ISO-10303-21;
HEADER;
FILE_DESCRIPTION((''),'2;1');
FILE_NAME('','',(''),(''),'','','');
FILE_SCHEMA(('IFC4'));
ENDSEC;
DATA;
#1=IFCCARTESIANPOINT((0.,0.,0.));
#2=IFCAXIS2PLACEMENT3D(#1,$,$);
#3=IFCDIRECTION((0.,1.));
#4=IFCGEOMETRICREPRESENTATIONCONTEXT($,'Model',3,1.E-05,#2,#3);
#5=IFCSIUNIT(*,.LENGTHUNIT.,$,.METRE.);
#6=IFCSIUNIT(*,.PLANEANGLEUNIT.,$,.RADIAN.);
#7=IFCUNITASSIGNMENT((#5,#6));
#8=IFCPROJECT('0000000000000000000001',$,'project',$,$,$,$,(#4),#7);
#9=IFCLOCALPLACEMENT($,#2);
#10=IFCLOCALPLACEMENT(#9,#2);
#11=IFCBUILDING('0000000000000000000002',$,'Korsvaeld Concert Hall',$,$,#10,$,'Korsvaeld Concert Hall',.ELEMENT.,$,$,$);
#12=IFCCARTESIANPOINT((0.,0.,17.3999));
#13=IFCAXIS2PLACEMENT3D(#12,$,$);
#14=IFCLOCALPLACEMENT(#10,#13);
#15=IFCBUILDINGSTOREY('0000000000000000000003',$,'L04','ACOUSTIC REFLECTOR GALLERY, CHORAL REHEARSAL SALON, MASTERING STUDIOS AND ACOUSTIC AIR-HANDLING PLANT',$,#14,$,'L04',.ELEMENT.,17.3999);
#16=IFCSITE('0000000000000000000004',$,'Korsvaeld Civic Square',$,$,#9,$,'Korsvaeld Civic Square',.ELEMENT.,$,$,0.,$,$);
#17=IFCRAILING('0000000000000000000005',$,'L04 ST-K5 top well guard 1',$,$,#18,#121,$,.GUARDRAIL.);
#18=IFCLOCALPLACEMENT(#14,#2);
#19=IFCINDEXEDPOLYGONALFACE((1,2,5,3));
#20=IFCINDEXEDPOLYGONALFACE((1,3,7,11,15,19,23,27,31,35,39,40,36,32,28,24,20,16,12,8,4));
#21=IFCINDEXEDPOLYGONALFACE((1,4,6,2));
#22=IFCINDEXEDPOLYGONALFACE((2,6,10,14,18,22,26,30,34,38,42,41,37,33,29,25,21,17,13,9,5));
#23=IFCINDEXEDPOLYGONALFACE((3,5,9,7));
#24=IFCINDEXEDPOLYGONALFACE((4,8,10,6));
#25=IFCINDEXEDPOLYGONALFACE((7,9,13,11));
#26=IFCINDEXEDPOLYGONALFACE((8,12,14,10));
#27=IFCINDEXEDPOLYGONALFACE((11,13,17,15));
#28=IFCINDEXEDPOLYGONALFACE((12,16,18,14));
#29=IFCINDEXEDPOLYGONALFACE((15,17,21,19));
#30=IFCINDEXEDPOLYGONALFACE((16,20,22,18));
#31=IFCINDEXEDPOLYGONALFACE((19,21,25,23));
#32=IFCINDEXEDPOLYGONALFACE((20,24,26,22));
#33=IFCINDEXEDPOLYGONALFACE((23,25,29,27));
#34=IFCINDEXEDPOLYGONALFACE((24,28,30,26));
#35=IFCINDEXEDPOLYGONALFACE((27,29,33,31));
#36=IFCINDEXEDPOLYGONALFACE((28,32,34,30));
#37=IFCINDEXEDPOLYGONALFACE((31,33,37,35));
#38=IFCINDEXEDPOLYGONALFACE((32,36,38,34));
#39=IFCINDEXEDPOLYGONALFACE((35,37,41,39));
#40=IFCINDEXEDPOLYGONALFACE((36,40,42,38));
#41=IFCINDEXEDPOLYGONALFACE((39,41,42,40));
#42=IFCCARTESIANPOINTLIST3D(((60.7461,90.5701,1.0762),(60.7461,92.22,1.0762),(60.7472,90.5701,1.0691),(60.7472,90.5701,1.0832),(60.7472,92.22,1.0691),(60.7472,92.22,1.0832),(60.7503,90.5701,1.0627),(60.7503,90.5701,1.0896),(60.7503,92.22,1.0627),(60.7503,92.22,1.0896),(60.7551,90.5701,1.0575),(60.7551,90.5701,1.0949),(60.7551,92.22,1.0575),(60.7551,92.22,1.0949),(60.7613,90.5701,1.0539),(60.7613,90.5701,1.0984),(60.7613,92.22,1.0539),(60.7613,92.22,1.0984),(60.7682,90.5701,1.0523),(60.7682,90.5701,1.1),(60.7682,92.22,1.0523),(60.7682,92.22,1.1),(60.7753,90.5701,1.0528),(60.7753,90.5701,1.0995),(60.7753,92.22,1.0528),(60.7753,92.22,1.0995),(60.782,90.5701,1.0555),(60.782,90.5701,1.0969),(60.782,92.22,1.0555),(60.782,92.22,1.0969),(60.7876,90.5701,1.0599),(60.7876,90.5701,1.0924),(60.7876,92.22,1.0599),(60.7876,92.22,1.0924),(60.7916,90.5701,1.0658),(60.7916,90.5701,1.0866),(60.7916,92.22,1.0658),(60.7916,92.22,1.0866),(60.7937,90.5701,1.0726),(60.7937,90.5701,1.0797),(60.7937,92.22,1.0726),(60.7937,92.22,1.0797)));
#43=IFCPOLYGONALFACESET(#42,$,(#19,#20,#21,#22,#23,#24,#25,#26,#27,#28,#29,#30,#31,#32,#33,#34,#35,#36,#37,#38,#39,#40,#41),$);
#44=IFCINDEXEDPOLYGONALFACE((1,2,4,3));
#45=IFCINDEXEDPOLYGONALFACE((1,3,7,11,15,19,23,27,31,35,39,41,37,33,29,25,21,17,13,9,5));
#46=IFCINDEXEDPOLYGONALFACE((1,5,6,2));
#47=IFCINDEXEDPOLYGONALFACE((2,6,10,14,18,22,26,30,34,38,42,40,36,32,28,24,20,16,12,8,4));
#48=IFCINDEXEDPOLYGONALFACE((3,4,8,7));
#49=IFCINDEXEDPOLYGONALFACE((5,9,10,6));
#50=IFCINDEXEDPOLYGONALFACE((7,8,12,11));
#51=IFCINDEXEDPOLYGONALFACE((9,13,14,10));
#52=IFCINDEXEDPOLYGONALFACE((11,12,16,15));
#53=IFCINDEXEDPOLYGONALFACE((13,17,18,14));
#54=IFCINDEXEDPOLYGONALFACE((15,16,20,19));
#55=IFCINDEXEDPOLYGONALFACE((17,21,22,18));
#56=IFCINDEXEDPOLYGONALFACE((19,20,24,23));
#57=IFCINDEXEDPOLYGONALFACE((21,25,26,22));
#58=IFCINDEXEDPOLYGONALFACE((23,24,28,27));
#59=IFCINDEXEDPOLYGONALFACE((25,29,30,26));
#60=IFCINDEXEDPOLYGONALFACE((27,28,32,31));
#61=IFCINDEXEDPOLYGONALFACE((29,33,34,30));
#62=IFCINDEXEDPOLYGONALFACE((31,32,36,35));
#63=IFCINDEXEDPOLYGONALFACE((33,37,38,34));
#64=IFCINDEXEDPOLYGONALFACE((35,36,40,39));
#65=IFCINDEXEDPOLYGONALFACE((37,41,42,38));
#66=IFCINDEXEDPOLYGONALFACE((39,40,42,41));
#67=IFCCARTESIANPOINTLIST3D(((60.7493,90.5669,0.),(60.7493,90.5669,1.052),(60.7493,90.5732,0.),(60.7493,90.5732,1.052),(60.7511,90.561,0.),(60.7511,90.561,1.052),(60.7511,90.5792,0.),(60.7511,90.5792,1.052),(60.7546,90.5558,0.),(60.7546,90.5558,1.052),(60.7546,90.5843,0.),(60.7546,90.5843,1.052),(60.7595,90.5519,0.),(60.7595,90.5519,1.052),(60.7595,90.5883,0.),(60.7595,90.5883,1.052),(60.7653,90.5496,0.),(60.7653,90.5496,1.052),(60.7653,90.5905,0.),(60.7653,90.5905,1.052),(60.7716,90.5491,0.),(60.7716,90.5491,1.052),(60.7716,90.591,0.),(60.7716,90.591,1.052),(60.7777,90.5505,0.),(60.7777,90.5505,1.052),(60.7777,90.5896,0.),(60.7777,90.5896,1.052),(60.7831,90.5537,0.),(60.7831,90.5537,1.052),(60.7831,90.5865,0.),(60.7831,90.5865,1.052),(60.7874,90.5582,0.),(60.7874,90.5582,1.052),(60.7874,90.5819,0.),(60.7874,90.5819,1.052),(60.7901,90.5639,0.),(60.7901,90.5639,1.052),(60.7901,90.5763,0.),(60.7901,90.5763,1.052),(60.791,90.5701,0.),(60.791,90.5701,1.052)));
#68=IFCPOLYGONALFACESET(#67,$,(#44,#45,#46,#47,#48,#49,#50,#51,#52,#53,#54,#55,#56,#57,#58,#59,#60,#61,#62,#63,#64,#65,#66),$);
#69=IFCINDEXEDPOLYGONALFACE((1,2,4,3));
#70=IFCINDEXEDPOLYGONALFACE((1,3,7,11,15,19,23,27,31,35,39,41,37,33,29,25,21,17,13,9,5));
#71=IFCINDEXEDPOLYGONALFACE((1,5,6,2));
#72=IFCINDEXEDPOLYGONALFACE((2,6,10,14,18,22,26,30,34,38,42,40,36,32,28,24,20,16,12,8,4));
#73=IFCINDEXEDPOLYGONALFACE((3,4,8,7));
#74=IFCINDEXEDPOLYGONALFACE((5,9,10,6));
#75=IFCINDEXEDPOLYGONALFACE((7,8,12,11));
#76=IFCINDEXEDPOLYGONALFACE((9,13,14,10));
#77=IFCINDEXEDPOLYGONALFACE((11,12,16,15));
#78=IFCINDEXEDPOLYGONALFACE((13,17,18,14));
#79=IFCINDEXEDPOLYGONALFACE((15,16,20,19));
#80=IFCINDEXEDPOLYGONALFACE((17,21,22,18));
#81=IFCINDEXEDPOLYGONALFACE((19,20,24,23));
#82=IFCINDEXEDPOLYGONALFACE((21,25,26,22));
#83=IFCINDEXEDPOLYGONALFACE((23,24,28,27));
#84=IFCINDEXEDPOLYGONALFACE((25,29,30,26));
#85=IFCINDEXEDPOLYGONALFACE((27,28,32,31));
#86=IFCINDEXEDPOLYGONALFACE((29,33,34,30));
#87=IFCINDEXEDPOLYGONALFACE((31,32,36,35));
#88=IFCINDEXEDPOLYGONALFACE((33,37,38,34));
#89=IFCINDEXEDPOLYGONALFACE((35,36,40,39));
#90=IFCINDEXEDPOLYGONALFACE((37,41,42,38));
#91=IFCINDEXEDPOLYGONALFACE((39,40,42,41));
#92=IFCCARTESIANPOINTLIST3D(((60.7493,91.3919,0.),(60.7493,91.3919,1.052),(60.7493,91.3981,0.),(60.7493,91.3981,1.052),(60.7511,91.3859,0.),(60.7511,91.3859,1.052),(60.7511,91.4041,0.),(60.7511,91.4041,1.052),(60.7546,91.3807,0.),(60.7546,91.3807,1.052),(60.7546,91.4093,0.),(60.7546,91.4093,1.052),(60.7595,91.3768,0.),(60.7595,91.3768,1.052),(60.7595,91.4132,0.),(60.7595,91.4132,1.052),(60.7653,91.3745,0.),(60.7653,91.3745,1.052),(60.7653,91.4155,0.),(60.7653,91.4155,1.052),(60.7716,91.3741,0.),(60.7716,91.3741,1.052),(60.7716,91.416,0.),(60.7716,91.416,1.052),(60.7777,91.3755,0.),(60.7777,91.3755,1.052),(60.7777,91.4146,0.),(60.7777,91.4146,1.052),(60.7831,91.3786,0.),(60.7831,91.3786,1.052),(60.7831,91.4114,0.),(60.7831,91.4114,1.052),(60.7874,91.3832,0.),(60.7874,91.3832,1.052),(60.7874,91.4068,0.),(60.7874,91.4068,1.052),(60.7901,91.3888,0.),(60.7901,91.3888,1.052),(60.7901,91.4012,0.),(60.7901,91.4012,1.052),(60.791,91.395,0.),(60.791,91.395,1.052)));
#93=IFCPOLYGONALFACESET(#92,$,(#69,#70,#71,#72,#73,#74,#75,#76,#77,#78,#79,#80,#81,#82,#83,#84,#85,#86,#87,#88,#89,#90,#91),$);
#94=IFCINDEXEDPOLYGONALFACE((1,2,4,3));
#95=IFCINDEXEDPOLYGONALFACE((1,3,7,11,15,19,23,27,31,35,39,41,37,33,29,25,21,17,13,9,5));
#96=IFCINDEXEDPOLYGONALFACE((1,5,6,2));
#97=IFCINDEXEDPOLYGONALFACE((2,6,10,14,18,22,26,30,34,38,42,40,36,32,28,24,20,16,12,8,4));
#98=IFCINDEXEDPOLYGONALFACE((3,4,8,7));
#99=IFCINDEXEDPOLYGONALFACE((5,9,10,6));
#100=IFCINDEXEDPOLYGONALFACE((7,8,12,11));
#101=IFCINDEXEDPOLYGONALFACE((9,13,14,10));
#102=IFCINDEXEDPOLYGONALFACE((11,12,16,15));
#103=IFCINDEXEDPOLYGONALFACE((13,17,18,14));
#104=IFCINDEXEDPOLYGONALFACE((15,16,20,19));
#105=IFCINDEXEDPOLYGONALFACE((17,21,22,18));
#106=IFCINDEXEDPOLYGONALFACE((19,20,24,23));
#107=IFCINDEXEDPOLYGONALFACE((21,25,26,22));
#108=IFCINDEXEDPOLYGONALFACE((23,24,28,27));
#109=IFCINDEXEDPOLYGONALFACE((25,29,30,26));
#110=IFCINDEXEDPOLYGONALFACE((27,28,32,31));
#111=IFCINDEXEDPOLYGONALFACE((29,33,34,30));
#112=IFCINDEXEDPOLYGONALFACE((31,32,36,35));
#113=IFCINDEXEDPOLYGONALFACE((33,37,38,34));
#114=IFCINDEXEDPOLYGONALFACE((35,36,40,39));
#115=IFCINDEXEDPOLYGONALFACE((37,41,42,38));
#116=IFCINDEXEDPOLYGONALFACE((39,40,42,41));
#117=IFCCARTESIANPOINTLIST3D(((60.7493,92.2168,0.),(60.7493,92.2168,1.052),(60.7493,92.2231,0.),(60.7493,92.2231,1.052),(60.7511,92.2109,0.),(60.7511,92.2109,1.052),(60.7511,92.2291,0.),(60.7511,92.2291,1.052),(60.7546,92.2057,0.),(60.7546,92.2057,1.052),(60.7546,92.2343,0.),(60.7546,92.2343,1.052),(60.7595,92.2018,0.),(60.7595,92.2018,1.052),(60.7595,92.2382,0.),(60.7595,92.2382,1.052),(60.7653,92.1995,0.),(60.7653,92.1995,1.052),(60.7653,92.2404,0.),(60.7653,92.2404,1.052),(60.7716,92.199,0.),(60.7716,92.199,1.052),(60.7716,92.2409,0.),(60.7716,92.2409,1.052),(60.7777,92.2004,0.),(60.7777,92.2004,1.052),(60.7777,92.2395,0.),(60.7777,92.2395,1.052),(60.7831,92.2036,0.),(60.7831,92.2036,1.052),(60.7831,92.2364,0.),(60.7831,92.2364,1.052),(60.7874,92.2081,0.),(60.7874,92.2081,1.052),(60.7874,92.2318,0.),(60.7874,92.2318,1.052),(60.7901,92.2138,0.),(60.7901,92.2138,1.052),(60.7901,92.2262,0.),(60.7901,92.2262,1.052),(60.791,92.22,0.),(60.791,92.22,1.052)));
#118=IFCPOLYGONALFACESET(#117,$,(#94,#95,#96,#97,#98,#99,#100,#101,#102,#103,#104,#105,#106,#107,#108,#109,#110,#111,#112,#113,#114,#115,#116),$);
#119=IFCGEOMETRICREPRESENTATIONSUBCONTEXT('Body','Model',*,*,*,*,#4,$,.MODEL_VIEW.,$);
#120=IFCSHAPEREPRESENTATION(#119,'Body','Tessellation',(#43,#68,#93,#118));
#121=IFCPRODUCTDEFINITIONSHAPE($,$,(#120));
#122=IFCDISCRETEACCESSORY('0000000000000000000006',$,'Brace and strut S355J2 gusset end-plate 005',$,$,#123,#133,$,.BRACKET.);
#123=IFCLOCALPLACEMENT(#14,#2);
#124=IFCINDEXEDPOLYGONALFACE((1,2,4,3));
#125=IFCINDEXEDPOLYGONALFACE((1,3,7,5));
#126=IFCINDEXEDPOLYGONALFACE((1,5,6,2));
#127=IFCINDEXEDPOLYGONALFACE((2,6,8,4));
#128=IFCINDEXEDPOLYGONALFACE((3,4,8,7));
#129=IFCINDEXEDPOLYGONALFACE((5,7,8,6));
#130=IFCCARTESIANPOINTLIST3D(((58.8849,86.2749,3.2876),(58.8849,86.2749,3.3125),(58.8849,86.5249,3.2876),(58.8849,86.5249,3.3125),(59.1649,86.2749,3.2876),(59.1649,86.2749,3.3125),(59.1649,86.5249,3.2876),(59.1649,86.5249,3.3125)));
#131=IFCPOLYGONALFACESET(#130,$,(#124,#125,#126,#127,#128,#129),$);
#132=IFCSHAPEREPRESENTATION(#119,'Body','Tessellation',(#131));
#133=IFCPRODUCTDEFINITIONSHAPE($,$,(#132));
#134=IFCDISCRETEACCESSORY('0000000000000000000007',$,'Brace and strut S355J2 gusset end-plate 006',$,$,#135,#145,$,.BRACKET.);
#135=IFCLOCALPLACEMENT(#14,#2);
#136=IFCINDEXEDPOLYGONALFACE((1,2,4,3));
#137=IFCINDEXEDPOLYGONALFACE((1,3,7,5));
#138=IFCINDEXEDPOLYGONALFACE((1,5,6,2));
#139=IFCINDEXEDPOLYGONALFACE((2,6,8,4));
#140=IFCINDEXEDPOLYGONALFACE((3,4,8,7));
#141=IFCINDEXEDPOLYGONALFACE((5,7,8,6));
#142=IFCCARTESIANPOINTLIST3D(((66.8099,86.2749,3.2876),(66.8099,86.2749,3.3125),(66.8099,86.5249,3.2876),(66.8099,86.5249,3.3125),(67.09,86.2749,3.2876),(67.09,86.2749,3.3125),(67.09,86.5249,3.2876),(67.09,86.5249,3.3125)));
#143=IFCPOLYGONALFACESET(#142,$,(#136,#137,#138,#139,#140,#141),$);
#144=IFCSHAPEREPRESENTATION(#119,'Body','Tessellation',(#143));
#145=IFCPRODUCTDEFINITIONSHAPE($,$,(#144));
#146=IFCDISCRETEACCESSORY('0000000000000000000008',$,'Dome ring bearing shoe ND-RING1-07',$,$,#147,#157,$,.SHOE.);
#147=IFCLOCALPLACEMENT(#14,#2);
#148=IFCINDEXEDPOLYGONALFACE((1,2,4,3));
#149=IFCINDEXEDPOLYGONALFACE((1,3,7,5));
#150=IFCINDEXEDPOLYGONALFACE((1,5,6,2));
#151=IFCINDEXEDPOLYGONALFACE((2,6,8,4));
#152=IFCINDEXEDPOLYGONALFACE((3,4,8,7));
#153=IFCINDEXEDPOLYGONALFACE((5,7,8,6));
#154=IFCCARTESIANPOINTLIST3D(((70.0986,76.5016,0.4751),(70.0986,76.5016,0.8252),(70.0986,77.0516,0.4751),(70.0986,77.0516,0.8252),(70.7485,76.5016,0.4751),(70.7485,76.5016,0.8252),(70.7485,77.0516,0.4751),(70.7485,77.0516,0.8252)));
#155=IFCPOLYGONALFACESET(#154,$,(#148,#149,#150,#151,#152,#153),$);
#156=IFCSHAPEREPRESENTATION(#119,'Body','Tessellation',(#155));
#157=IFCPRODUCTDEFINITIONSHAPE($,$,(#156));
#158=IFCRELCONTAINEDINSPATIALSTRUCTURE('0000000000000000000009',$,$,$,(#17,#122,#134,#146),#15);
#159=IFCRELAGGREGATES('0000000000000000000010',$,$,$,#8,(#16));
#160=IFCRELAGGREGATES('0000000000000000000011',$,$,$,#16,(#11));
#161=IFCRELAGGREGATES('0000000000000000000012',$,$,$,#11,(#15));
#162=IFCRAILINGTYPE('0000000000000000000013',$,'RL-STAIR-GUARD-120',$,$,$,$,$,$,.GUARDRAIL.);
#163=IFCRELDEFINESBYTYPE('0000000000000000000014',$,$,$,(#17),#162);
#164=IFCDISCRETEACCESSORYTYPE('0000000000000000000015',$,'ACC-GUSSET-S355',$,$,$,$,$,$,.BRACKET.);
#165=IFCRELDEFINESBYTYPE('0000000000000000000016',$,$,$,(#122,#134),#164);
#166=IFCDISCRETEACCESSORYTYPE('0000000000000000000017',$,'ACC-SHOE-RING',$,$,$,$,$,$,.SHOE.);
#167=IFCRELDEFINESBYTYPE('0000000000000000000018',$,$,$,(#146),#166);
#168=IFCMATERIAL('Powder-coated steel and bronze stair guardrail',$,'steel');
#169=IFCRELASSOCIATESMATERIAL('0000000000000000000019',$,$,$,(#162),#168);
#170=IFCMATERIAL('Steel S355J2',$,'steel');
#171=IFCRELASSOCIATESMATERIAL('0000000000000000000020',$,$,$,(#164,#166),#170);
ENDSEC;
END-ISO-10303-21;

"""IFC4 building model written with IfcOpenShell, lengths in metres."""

from ifc_helpers import new_model, si_unit, direction, frame, origin, origin_2d, place, context, subcontext, project, spatial, rectangle, circle, extrude, material, type_object, element, save


model = new_model("IFC4")

# Units and contexts
model_context = context("Model", 3, precision=1e-05, world=origin(), true_north=direction((0.0, 1.0)))
body_context = subcontext(model_context, "Body", "Model", "MODEL_VIEW")
ifc_project = project(units=[si_unit("LENGTHUNIT", "METRE"), si_unit("PLANEANGLEUNIT", "RADIAN")], contexts=[model_context])

# Site, building, storey
site_placement = place(None, origin())
site = spatial("IfcSite", under=ifc_project, at=site_placement, Name="Korsvaeld Civic Square", LongName="Korsvaeld Civic Square", CompositionType="ELEMENT", RefElevation=0.0)
building_placement = place(site_placement, origin())
building = spatial("IfcBuilding", under=site, at=building_placement, Name="Korsvaeld Concert Hall", LongName="Korsvaeld Concert Hall", CompositionType="ELEMENT")
storey_placement = place(building_placement, frame((0.0, 0.0, 17.3999)))
storey = spatial("IfcBuildingStorey", under=building, at=storey_placement, Name="L04", Description="ACOUSTIC REFLECTOR GALLERY, CHORAL REHEARSAL SALON, MASTERING STUDIOS AND ACOUSTIC AIR-HANDLING PLANT", LongName="L04", CompositionType="ELEMENT", Elevation=17.3999)

# Shared definitions
ifc_material_1 = material(Name="Steel S355J2", Category="steel")

# Railing
ifc_material_2 = material(Name="Powder-coated steel and bronze stair guardrail", Category="steel")
railing_type = type_object("IfcRailingType", Name="RL-STAIR-GUARD-120", PredefinedType="GUARDRAIL", material=ifc_material_2)
railing_placement = place(storey_placement, frame((60.77, 90.5701, 0.0)))
element("IfcRailing", 1, at=railing_placement, inside=storey, type_object=railing_type, Name="L04 ST-K5 top well guard 1", PredefinedType="GUARDRAIL", context=body_context, shape_type="SweptSolid", body=[
    extrude(circle(Radius=0.0239, at=origin_2d()), frame((0.0, 0.0, 1.0762), z_axis=(0.0, 1.0, 0.0), x_axis=(-1.0, 0.0, 0.0)), (0.0, 0.0, 1.0), 1.6499),
    extrude(circle(Radius=0.021, at=origin_2d()), origin(), (0.0, 0.0, 1.0), 1.052),
    extrude(circle(Radius=0.021, at=origin_2d()), frame((0.0, 0.825, 0.0)), (0.0, 0.0, 1.0), 1.052),
    extrude(circle(Radius=0.021, at=origin_2d()), frame((0.0, 1.6499, 0.0)), (0.0, 0.0, 1.0), 1.052),
])

# Discrete accessories
discrete_accessory_type_1 = type_object("IfcDiscreteAccessoryType", Name="ACC-GUSSET-S355", PredefinedType="BRACKET", material=ifc_material_1)
for number, where, z_axis, x_axis, name in (
    (2, (59.0249, 86.3999, 3.2876), (0.0, 0.0, 1.0), (1.0, 0.0, 0.0), "Brace and strut S355J2 gusset end-plate 005"),
    (3, (66.95, 86.3999, 3.2876), (0.0, 0.0, 1.0), (1.0, 0.0, 0.0), "Brace and strut S355J2 gusset end-plate 006"),
):
    element("IfcDiscreteAccessory", number, at=place(storey_placement, frame(where, z_axis=z_axis, x_axis=x_axis)), inside=storey, type_object=discrete_accessory_type_1, Name=name, PredefinedType="BRACKET", context=body_context, shape_type="SweptSolid", body=[
        extrude(rectangle(XDim=0.28, YDim=0.25, at=origin_2d()), origin(), (0.0, 0.0, 1.0), 0.0249),
    ])
discrete_accessory_type_2 = type_object("IfcDiscreteAccessoryType", Name="ACC-SHOE-RING", PredefinedType="SHOE", material=ifc_material_1)
discrete_accessory_placement = place(storey_placement, frame((70.4236, 76.7766, 0.4751), z_axis=(0.0, 0.0, 1.0), x_axis=(1.0, 0.0, 0.0)))
element("IfcDiscreteAccessory", 4, at=discrete_accessory_placement, inside=storey, type_object=discrete_accessory_type_2, Name="Dome ring bearing shoe ND-RING1-07", PredefinedType="SHOE", context=body_context, shape_type="SweptSolid", body=[
    extrude(rectangle(XDim=0.6499, YDim=0.55, at=origin_2d()), origin(), (0.0, 0.0, 1.0), 0.3501),
])

save(model, "model.ifc")
